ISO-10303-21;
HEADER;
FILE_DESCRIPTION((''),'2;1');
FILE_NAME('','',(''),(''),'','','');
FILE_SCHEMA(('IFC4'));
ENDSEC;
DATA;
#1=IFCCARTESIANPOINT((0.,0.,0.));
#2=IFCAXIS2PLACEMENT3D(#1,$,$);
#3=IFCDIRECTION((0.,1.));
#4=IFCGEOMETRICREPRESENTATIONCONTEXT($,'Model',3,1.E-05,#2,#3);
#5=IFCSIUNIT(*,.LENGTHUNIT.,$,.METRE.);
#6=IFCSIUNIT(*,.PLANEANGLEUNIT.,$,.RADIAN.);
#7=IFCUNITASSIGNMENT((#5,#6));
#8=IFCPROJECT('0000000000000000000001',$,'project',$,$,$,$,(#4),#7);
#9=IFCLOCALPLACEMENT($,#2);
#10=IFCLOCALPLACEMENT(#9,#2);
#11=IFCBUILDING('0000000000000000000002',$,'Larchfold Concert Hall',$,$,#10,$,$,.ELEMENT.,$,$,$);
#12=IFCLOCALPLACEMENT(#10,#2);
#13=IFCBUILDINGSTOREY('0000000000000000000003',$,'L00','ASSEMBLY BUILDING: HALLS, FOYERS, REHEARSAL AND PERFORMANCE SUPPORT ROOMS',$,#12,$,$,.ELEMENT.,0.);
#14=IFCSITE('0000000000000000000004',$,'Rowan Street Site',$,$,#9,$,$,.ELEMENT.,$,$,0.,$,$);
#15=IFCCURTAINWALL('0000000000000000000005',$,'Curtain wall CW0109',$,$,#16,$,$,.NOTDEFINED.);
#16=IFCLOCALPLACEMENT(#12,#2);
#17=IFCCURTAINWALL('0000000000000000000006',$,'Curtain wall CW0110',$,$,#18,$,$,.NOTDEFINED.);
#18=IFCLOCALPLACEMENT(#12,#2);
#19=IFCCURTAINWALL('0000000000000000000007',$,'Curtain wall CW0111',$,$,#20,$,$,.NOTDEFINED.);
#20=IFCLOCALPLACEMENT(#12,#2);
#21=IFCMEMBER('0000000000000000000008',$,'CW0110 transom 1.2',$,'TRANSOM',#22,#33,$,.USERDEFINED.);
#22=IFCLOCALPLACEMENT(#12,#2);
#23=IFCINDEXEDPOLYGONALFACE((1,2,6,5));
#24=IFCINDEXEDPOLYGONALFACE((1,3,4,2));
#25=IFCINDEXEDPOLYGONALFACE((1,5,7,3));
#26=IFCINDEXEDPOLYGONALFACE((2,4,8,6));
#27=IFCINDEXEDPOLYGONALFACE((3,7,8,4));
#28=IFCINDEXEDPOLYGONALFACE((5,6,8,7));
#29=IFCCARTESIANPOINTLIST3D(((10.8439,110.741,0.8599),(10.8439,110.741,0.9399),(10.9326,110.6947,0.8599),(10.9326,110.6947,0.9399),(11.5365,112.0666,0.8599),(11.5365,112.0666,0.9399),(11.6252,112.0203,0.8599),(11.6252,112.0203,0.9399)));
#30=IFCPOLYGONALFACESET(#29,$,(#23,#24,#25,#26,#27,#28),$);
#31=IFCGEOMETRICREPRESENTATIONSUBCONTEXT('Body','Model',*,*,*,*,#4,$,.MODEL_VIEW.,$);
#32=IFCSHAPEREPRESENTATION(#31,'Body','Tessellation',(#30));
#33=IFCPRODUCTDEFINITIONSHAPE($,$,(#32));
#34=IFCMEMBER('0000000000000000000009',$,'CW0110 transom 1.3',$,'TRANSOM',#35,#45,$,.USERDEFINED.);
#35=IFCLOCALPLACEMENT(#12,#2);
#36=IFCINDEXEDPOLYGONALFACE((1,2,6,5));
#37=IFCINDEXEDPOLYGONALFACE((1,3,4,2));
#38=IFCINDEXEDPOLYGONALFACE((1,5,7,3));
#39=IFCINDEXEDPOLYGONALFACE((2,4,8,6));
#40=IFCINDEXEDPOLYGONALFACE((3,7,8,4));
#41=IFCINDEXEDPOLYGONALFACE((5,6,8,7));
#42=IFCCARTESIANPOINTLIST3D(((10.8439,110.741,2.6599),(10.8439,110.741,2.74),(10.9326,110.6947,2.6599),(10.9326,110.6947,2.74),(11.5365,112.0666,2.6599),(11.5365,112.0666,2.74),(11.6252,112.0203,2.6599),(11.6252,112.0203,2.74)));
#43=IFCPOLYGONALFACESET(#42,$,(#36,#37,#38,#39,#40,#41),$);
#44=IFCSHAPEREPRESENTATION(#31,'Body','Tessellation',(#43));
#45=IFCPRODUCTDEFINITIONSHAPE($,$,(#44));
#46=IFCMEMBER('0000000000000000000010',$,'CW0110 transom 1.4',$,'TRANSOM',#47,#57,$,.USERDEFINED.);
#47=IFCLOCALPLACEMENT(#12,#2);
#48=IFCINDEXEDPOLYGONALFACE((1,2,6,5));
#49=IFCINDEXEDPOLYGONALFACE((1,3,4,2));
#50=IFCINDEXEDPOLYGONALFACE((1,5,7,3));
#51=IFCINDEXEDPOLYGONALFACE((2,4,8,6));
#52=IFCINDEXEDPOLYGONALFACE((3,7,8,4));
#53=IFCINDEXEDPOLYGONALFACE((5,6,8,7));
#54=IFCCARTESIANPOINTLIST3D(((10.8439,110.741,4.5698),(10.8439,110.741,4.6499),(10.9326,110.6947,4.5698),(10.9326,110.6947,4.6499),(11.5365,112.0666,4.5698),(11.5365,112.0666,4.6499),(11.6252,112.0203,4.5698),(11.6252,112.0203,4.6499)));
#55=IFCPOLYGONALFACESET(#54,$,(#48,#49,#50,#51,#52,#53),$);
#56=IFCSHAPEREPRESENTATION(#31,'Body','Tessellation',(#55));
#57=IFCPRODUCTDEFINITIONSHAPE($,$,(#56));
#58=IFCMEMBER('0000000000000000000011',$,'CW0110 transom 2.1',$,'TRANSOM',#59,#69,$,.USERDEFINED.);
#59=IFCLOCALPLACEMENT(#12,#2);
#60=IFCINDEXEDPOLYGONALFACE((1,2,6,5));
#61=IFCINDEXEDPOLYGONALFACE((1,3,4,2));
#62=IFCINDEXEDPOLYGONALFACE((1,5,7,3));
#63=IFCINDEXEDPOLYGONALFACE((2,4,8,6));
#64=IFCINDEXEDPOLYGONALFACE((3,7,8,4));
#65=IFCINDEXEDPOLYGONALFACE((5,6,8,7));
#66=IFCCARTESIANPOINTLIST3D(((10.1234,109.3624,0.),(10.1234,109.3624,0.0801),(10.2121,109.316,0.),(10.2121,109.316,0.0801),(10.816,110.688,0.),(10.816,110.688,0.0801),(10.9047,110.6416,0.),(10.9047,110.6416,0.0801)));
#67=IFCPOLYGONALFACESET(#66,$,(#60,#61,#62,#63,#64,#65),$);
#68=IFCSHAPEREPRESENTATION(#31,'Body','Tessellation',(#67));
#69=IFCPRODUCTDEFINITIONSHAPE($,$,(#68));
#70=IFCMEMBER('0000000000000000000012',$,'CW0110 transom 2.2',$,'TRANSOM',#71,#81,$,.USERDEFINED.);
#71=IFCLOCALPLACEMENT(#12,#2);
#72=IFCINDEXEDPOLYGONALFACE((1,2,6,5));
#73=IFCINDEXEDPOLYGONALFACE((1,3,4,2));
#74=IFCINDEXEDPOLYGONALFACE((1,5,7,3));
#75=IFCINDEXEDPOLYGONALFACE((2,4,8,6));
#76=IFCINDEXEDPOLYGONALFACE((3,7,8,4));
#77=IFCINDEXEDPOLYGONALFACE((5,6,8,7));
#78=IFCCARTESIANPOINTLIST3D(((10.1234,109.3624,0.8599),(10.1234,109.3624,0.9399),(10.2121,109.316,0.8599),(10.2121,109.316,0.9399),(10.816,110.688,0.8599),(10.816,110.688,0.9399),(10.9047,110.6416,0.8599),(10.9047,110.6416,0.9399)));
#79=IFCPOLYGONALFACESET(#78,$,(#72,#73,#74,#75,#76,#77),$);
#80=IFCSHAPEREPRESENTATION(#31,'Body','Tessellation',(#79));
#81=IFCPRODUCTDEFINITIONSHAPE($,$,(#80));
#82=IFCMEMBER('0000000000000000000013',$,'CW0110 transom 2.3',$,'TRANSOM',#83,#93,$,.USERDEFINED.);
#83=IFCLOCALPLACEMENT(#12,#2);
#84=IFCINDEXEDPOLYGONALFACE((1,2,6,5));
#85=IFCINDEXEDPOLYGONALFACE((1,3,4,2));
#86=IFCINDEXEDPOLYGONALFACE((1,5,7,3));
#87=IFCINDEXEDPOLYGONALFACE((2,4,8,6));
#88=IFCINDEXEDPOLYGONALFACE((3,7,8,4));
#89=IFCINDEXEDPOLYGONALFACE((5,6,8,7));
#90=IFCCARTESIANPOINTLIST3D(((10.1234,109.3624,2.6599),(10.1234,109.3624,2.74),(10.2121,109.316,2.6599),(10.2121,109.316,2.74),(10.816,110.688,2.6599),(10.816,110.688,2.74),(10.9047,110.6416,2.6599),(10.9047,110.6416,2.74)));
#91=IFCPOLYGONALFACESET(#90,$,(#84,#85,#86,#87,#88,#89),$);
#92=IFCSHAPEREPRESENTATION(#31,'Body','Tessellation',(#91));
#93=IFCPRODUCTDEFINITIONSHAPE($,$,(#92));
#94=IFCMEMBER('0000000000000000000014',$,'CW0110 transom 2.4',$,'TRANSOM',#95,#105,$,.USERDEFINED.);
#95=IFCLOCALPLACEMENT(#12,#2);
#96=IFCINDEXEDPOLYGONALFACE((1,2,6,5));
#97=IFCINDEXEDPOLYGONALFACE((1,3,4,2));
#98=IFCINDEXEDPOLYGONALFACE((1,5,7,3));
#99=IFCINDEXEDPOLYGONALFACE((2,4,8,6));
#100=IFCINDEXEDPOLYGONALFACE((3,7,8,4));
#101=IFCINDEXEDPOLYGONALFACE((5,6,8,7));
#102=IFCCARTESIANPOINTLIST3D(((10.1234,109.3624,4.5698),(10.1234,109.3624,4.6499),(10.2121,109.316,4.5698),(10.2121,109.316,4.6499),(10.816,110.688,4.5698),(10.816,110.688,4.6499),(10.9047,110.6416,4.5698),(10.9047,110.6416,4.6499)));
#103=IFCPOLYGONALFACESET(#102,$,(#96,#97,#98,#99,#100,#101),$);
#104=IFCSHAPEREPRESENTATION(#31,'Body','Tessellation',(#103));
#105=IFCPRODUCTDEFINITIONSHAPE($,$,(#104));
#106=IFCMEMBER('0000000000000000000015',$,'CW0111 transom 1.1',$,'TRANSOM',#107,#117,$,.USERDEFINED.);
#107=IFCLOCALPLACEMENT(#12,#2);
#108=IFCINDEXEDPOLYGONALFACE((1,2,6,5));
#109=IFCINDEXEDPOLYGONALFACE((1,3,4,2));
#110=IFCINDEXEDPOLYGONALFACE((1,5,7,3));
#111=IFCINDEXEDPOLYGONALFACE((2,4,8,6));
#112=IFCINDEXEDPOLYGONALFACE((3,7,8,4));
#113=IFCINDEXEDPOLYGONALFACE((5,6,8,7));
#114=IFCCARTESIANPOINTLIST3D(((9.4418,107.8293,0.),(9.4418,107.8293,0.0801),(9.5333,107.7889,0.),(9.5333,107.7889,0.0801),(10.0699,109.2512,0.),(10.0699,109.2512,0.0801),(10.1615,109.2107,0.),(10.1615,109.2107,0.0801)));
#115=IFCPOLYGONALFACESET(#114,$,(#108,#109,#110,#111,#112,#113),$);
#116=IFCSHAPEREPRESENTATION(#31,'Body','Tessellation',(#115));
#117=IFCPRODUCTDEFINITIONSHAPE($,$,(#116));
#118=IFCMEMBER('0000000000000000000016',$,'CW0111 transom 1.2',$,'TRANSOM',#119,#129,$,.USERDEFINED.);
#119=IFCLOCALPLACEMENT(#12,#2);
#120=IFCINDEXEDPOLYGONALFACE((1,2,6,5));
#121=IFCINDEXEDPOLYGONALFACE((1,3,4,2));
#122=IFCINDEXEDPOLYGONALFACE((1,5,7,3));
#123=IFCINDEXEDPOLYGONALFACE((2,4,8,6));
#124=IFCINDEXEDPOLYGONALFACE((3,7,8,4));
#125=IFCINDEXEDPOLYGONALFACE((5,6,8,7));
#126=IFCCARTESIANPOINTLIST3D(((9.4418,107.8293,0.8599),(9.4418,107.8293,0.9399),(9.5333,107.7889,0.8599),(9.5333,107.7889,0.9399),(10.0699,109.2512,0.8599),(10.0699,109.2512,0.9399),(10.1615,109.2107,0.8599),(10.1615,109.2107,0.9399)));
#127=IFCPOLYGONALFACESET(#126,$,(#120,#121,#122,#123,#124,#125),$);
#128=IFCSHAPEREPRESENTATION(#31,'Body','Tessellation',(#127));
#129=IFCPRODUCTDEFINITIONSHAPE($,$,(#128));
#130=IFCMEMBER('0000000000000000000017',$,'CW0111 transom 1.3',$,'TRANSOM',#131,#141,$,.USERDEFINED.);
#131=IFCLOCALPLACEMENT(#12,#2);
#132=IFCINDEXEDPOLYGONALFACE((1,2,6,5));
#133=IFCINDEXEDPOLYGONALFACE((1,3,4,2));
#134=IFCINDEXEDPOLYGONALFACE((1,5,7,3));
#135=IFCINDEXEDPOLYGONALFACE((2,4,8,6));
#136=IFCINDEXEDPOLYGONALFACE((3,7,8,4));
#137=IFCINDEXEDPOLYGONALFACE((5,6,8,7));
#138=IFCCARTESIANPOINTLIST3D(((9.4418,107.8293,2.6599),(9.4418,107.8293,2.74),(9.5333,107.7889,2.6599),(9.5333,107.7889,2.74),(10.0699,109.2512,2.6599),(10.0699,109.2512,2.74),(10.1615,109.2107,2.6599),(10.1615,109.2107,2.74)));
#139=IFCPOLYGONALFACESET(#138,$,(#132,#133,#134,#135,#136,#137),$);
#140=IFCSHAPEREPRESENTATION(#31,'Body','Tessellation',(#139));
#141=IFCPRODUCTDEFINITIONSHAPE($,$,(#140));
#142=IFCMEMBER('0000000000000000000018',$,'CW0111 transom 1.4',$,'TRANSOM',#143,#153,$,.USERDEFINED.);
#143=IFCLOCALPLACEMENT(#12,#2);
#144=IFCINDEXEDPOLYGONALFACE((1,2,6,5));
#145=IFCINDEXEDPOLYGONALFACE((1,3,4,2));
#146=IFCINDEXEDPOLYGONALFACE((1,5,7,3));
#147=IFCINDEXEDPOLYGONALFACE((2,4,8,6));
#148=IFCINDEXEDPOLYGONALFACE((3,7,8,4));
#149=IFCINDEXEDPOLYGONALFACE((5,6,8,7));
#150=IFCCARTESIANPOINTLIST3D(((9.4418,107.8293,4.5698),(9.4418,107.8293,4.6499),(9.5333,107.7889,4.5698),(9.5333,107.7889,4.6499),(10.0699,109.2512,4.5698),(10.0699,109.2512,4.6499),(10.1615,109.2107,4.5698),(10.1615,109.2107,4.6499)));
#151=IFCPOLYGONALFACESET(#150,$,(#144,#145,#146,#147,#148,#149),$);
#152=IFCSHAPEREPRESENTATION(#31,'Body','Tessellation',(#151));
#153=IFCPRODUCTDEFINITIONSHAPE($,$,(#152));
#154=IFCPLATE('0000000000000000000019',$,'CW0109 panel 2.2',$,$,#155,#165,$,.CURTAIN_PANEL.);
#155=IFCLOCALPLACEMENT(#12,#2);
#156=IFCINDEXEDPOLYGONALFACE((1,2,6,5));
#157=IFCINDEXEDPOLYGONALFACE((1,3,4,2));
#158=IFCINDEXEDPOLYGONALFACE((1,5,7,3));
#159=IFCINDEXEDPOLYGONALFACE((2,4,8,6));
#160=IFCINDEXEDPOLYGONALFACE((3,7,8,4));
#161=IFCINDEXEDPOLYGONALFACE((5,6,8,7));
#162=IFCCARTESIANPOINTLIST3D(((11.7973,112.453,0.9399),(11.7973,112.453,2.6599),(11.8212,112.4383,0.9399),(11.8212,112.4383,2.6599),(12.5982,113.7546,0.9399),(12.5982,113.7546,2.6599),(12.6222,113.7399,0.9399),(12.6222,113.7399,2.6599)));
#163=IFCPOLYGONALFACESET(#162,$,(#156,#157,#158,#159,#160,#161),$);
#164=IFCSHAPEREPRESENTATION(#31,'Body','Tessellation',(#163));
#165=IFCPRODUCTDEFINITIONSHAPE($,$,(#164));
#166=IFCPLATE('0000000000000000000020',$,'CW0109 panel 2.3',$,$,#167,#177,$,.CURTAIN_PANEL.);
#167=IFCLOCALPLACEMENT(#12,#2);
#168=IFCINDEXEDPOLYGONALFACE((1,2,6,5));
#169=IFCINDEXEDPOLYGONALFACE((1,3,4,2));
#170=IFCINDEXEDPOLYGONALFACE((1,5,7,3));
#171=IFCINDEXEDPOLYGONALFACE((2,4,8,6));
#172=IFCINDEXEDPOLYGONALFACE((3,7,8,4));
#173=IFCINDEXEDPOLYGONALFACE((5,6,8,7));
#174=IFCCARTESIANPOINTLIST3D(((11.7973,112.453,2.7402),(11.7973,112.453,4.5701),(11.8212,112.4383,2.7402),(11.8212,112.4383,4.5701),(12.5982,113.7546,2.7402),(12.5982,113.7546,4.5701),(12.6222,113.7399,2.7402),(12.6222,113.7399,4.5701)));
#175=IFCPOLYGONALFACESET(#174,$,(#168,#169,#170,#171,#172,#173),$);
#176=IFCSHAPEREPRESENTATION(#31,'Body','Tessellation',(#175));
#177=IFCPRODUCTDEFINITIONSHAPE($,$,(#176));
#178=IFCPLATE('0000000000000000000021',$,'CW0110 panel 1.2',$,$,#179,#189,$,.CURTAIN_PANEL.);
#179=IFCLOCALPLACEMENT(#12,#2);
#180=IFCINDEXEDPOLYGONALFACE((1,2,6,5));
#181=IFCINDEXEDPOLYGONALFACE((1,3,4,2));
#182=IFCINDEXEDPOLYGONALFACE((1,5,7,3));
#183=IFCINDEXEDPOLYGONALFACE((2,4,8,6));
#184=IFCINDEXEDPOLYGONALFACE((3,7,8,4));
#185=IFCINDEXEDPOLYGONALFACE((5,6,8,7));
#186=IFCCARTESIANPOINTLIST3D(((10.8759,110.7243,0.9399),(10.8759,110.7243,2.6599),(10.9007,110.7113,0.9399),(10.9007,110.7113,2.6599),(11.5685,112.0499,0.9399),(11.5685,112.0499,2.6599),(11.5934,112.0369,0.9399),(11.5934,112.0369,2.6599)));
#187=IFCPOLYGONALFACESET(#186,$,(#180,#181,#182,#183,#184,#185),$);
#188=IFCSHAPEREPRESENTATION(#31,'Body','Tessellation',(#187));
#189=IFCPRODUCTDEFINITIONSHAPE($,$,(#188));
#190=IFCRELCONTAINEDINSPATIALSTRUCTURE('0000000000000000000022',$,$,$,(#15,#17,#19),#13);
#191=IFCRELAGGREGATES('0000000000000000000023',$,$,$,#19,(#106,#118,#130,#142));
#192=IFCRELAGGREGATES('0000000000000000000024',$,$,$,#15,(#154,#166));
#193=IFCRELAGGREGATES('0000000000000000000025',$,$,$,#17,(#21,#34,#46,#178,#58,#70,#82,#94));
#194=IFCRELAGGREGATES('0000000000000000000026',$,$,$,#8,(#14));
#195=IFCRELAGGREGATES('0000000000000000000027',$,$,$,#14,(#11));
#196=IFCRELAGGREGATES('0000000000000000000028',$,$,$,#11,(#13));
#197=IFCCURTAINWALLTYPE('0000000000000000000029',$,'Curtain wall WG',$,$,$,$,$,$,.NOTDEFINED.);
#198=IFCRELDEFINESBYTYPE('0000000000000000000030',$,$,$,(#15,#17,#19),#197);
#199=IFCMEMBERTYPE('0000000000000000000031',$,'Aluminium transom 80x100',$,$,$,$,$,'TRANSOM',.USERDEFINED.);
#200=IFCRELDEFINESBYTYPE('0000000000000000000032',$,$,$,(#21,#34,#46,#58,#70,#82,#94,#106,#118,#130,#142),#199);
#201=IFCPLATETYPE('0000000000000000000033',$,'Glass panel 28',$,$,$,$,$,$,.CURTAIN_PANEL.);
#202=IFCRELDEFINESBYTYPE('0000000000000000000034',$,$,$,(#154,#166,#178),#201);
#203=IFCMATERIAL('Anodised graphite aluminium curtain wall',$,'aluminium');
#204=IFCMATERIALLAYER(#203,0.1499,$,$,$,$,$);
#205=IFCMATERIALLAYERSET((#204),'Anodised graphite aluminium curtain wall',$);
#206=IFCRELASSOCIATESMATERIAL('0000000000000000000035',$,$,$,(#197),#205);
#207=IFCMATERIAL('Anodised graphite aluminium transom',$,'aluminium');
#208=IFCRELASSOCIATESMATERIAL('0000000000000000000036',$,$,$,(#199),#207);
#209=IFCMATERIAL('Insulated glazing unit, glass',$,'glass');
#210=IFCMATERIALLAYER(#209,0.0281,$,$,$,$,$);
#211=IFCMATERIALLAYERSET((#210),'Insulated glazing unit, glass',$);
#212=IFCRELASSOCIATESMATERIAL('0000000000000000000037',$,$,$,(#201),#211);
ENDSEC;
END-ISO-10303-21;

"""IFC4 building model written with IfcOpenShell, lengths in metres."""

from ifc_helpers import new_model, si_unit, direction, frame, origin, origin_2d, place, context, subcontext, project, spatial, rectangle, extrude, material, layer, layer_set, material_profile, profile_set, type_object, element, aggregate, save


model = new_model("IFC4")

# Units and contexts
model_context = context("Model", 3, precision=1e-05, world=origin(), true_north=direction((0.0, 1.0)))
body_context = subcontext(model_context, "Body", "Model", "MODEL_VIEW")
ifc_project = project(units=[si_unit("LENGTHUNIT", "METRE"), si_unit("PLANEANGLEUNIT", "RADIAN")], contexts=[model_context])

# Site, building, storey
site_placement = place(None, origin())
site = spatial("IfcSite", under=ifc_project, at=site_placement, Name="Rowan Street Site", CompositionType="ELEMENT", RefElevation=0.0)
building_placement = place(site_placement, origin())
building = spatial("IfcBuilding", under=site, at=building_placement, Name="Larchfold Concert Hall", CompositionType="ELEMENT")
storey_placement = place(building_placement, origin())
storey = spatial("IfcBuildingStorey", under=building, at=storey_placement, Name="L00", Description="ASSEMBLY BUILDING: HALLS, FOYERS, REHEARSAL AND PERFORMANCE SUPPORT ROOMS", CompositionType="ELEMENT", Elevation=0.0)

# Curtain wall
ifc_material_1 = material(Name="Anodised graphite aluminium curtain wall", Category="aluminium")
ifc_layer_1 = layer(ifc_material_1, 0.1499)
ifc_layer_set_1 = layer_set([ifc_layer_1], Name="Anodised graphite aluminium curtain wall")
curtain_wall_type = type_object("IfcCurtainWallType", Name="Curtain wall WG", PredefinedType="NOTDEFINED", material=ifc_layer_set_1)
curtain_wall_1_placement = place(storey_placement, origin())
curtain_wall_1 = element("IfcCurtainWall", 1, at=curtain_wall_1_placement, inside=storey, type_object=curtain_wall_type, Name="Curtain wall CW0109", PredefinedType="NOTDEFINED")

# Curtain wall
curtain_wall_2_placement = place(storey_placement, origin())
curtain_wall_2 = element("IfcCurtainWall", 2, at=curtain_wall_2_placement, inside=storey, type_object=curtain_wall_type, Name="Curtain wall CW0110", PredefinedType="NOTDEFINED")

# Curtain wall
curtain_wall_3_placement = place(storey_placement, origin())
curtain_wall_3 = element("IfcCurtainWall", 3, at=curtain_wall_3_placement, inside=storey, type_object=curtain_wall_type, Name="Curtain wall CW0111", PredefinedType="NOTDEFINED")

# Members
ifc_material_2 = material(Name="Anodised graphite aluminium transom", Category="aluminium")
ifc_material_profile_1 = material_profile(ifc_material_2, rectangle(XDim=0.1001, YDim=0.0801, at=origin_2d()))
ifc_profile_set_1 = profile_set([ifc_material_profile_1], Name="Anodised graphite aluminium transom")
member_type_1 = type_object("IfcMemberType", Name="Aluminium transom 80x100", ElementType="TRANSOM", PredefinedType="USERDEFINED", material=ifc_profile_set_1)
member_1_placement = place(storey_placement, frame((11.5808, 112.0435, 0.8999), z_axis=(-0.463074, -0.88632, 0.0), x_axis=(0.88632, -0.463074, 0.0)))
member_1 = element("IfcMember", 4, at=member_1_placement, type_object=member_type_1, Name="CW0110 transom 1.2", ObjectType="TRANSOM", PredefinedType="USERDEFINED", context=body_context, shape_type="SweptSolid", body=[
    extrude(rectangle(XDim=0.1001, YDim=0.0801, at=origin_2d()), origin(), (0.0, 0.0, 1.0), 1.4956),
])
member_2_placement = place(storey_placement, frame((11.5808, 112.0435, 2.7), z_axis=(-0.463074, -0.88632, 0.0), x_axis=(0.88632, -0.463074, 0.0)))
member_2 = element("IfcMember", 5, at=member_2_placement, type_object=member_type_1, Name="CW0110 transom 1.3", ObjectType="TRANSOM", PredefinedType="USERDEFINED", context=body_context, shape_type="SweptSolid", body=[
    extrude(rectangle(XDim=0.1001, YDim=0.0801, at=origin_2d()), origin(), (0.0, 0.0, 1.0), 1.4956),
])
member_3_placement = place(storey_placement, frame((11.5808, 112.0435, 4.6099), z_axis=(-0.463074, -0.88632, 0.0), x_axis=(0.88632, -0.463074, 0.0)))
member_3 = element("IfcMember", 6, at=member_3_placement, type_object=member_type_1, Name="CW0110 transom 1.4", ObjectType="TRANSOM", PredefinedType="USERDEFINED", context=body_context, shape_type="SweptSolid", body=[
    extrude(rectangle(XDim=0.1001, YDim=0.0801, at=origin_2d()), origin(), (0.0, 0.0, 1.0), 1.4956),
])
member_4_placement = place(storey_placement, frame((10.8604, 110.6648, 0.04), z_axis=(-0.463074, -0.88632, 0.0), x_axis=(0.88632, -0.463074, 0.0)))
member_4 = element("IfcMember", 7, at=member_4_placement, type_object=member_type_1, Name="CW0110 transom 2.1", ObjectType="TRANSOM", PredefinedType="USERDEFINED", context=body_context, shape_type="SweptSolid", body=[
    extrude(rectangle(XDim=0.1001, YDim=0.0801, at=origin_2d()), origin(), (0.0, 0.0, 1.0), 1.4956),
])
member_5_placement = place(storey_placement, frame((10.8604, 110.6648, 0.8999), z_axis=(-0.463074, -0.88632, 0.0), x_axis=(0.88632, -0.463074, 0.0)))
member_5 = element("IfcMember", 8, at=member_5_placement, type_object=member_type_1, Name="CW0110 transom 2.2", ObjectType="TRANSOM", PredefinedType="USERDEFINED", context=body_context, shape_type="SweptSolid", body=[
    extrude(rectangle(XDim=0.1001, YDim=0.0801, at=origin_2d()), origin(), (0.0, 0.0, 1.0), 1.4956),
])
member_6_placement = place(storey_placement, frame((10.8604, 110.6648, 2.7), z_axis=(-0.463074, -0.88632, 0.0), x_axis=(0.88632, -0.463074, 0.0)))
member_6 = element("IfcMember", 9, at=member_6_placement, type_object=member_type_1, Name="CW0110 transom 2.3", ObjectType="TRANSOM", PredefinedType="USERDEFINED", context=body_context, shape_type="SweptSolid", body=[
    extrude(rectangle(XDim=0.1001, YDim=0.0801, at=origin_2d()), origin(), (0.0, 0.0, 1.0), 1.4956),
])
member_7_placement = place(storey_placement, frame((10.8604, 110.6648, 4.6099), z_axis=(-0.463074, -0.88632, 0.0), x_axis=(0.88632, -0.463074, 0.0)))
member_7 = element("IfcMember", 10, at=member_7_placement, type_object=member_type_1, Name="CW0110 transom 2.4", ObjectType="TRANSOM", PredefinedType="USERDEFINED", context=body_context, shape_type="SweptSolid", body=[
    extrude(rectangle(XDim=0.1001, YDim=0.0801, at=origin_2d()), origin(), (0.0, 0.0, 1.0), 1.4956),
])
member_8_placement = place(storey_placement, frame((10.1157, 109.231, 0.04), z_axis=(-0.404112, -0.91471, 0.0), x_axis=(0.91471, -0.404112, 0.0)))
member_8 = element("IfcMember", 11, at=member_8_placement, type_object=member_type_1, Name="CW0111 transom 1.1", ObjectType="TRANSOM", PredefinedType="USERDEFINED", context=body_context, shape_type="SweptSolid", body=[
    extrude(rectangle(XDim=0.1001, YDim=0.0801, at=origin_2d()), origin(), (0.0, 0.0, 1.0), 1.5544),
])
member_9_placement = place(storey_placement, frame((10.1157, 109.231, 0.8999), z_axis=(-0.404112, -0.91471, 0.0), x_axis=(0.91471, -0.404112, 0.0)))
member_9 = element("IfcMember", 12, at=member_9_placement, type_object=member_type_1, Name="CW0111 transom 1.2", ObjectType="TRANSOM", PredefinedType="USERDEFINED", context=body_context, shape_type="SweptSolid", body=[
    extrude(rectangle(XDim=0.1001, YDim=0.0801, at=origin_2d()), origin(), (0.0, 0.0, 1.0), 1.5544),
])
member_10_placement = place(storey_placement, frame((10.1157, 109.231, 2.7), z_axis=(-0.404112, -0.91471, 0.0), x_axis=(0.91471, -0.404112, 0.0)))
member_10 = element("IfcMember", 13, at=member_10_placement, type_object=member_type_1, Name="CW0111 transom 1.3", ObjectType="TRANSOM", PredefinedType="USERDEFINED", context=body_context, shape_type="SweptSolid", body=[
    extrude(rectangle(XDim=0.1001, YDim=0.0801, at=origin_2d()), origin(), (0.0, 0.0, 1.0), 1.5544),
])
member_11_placement = place(storey_placement, frame((10.1157, 109.231, 4.6099), z_axis=(-0.404112, -0.91471, 0.0), x_axis=(0.91471, -0.404112, 0.0)))
member_11 = element("IfcMember", 14, at=member_11_placement, type_object=member_type_1, Name="CW0111 transom 1.4", ObjectType="TRANSOM", PredefinedType="USERDEFINED", context=body_context, shape_type="SweptSolid", body=[
    extrude(rectangle(XDim=0.1001, YDim=0.0801, at=origin_2d()), origin(), (0.0, 0.0, 1.0), 1.5544),
])

# Plates
ifc_material_3 = material(Name="Insulated glazing unit, glass", Category="glass")
ifc_layer_2 = layer(ifc_material_3, 0.0281)
ifc_layer_set_2 = layer_set([ifc_layer_2], Name="Insulated glazing unit, glass")
plate_type_1 = type_object("IfcPlateType", Name="Glass panel 28", PredefinedType="CURTAIN_PANEL", material=ifc_layer_set_2)
plate_1_placement = place(storey_placement, frame((12.2097, 113.0964, 0.9399), z_axis=(0.0, 0.0, 1.0), x_axis=(-0.524081, -0.851669, 0.0)))
plate_1 = element("IfcPlate", 15, at=plate_1_placement, type_object=plate_type_1, Name="CW0109 panel 2.2", PredefinedType="CURTAIN_PANEL", context=body_context, shape_type="SweptSolid", body=[
    extrude(rectangle(XDim=1.5283, YDim=0.0281, at=origin_2d()), origin(), (0.0, 0.0, 1.0), 1.72),
])
plate_2_placement = place(storey_placement, frame((12.2097, 113.0964, 2.7402), z_axis=(0.0, 0.0, 1.0), x_axis=(-0.524081, -0.851669, 0.0)))
plate_2 = element("IfcPlate", 16, at=plate_2_placement, type_object=plate_type_1, Name="CW0109 panel 2.3", PredefinedType="CURTAIN_PANEL", context=body_context, shape_type="SweptSolid", body=[
    extrude(rectangle(XDim=1.5283, YDim=0.0281, at=origin_2d()), origin(), (0.0, 0.0, 1.0), 1.8298),
])
plate_3_placement = place(storey_placement, frame((11.2346, 111.3806, 0.9399), z_axis=(0.0, 0.0, 1.0), x_axis=(-0.463124, -0.886294, 0.0)))
plate_3 = element("IfcPlate", 17, at=plate_3_placement, type_object=plate_type_1, Name="CW0110 panel 1.2", PredefinedType="CURTAIN_PANEL", context=body_context, shape_type="SweptSolid", body=[
    extrude(rectangle(XDim=1.4956, YDim=0.0281, at=origin_2d()), origin(), (0.0, 0.0, 1.0), 1.72),
])
aggregate(curtain_wall_3, [member_8, member_9, member_10, member_11])
aggregate(curtain_wall_1, [plate_1, plate_2])
aggregate(curtain_wall_2, [member_1, member_2, member_3, plate_3, member_4, member_5, member_6, member_7])

save(model, "model.ifc")
